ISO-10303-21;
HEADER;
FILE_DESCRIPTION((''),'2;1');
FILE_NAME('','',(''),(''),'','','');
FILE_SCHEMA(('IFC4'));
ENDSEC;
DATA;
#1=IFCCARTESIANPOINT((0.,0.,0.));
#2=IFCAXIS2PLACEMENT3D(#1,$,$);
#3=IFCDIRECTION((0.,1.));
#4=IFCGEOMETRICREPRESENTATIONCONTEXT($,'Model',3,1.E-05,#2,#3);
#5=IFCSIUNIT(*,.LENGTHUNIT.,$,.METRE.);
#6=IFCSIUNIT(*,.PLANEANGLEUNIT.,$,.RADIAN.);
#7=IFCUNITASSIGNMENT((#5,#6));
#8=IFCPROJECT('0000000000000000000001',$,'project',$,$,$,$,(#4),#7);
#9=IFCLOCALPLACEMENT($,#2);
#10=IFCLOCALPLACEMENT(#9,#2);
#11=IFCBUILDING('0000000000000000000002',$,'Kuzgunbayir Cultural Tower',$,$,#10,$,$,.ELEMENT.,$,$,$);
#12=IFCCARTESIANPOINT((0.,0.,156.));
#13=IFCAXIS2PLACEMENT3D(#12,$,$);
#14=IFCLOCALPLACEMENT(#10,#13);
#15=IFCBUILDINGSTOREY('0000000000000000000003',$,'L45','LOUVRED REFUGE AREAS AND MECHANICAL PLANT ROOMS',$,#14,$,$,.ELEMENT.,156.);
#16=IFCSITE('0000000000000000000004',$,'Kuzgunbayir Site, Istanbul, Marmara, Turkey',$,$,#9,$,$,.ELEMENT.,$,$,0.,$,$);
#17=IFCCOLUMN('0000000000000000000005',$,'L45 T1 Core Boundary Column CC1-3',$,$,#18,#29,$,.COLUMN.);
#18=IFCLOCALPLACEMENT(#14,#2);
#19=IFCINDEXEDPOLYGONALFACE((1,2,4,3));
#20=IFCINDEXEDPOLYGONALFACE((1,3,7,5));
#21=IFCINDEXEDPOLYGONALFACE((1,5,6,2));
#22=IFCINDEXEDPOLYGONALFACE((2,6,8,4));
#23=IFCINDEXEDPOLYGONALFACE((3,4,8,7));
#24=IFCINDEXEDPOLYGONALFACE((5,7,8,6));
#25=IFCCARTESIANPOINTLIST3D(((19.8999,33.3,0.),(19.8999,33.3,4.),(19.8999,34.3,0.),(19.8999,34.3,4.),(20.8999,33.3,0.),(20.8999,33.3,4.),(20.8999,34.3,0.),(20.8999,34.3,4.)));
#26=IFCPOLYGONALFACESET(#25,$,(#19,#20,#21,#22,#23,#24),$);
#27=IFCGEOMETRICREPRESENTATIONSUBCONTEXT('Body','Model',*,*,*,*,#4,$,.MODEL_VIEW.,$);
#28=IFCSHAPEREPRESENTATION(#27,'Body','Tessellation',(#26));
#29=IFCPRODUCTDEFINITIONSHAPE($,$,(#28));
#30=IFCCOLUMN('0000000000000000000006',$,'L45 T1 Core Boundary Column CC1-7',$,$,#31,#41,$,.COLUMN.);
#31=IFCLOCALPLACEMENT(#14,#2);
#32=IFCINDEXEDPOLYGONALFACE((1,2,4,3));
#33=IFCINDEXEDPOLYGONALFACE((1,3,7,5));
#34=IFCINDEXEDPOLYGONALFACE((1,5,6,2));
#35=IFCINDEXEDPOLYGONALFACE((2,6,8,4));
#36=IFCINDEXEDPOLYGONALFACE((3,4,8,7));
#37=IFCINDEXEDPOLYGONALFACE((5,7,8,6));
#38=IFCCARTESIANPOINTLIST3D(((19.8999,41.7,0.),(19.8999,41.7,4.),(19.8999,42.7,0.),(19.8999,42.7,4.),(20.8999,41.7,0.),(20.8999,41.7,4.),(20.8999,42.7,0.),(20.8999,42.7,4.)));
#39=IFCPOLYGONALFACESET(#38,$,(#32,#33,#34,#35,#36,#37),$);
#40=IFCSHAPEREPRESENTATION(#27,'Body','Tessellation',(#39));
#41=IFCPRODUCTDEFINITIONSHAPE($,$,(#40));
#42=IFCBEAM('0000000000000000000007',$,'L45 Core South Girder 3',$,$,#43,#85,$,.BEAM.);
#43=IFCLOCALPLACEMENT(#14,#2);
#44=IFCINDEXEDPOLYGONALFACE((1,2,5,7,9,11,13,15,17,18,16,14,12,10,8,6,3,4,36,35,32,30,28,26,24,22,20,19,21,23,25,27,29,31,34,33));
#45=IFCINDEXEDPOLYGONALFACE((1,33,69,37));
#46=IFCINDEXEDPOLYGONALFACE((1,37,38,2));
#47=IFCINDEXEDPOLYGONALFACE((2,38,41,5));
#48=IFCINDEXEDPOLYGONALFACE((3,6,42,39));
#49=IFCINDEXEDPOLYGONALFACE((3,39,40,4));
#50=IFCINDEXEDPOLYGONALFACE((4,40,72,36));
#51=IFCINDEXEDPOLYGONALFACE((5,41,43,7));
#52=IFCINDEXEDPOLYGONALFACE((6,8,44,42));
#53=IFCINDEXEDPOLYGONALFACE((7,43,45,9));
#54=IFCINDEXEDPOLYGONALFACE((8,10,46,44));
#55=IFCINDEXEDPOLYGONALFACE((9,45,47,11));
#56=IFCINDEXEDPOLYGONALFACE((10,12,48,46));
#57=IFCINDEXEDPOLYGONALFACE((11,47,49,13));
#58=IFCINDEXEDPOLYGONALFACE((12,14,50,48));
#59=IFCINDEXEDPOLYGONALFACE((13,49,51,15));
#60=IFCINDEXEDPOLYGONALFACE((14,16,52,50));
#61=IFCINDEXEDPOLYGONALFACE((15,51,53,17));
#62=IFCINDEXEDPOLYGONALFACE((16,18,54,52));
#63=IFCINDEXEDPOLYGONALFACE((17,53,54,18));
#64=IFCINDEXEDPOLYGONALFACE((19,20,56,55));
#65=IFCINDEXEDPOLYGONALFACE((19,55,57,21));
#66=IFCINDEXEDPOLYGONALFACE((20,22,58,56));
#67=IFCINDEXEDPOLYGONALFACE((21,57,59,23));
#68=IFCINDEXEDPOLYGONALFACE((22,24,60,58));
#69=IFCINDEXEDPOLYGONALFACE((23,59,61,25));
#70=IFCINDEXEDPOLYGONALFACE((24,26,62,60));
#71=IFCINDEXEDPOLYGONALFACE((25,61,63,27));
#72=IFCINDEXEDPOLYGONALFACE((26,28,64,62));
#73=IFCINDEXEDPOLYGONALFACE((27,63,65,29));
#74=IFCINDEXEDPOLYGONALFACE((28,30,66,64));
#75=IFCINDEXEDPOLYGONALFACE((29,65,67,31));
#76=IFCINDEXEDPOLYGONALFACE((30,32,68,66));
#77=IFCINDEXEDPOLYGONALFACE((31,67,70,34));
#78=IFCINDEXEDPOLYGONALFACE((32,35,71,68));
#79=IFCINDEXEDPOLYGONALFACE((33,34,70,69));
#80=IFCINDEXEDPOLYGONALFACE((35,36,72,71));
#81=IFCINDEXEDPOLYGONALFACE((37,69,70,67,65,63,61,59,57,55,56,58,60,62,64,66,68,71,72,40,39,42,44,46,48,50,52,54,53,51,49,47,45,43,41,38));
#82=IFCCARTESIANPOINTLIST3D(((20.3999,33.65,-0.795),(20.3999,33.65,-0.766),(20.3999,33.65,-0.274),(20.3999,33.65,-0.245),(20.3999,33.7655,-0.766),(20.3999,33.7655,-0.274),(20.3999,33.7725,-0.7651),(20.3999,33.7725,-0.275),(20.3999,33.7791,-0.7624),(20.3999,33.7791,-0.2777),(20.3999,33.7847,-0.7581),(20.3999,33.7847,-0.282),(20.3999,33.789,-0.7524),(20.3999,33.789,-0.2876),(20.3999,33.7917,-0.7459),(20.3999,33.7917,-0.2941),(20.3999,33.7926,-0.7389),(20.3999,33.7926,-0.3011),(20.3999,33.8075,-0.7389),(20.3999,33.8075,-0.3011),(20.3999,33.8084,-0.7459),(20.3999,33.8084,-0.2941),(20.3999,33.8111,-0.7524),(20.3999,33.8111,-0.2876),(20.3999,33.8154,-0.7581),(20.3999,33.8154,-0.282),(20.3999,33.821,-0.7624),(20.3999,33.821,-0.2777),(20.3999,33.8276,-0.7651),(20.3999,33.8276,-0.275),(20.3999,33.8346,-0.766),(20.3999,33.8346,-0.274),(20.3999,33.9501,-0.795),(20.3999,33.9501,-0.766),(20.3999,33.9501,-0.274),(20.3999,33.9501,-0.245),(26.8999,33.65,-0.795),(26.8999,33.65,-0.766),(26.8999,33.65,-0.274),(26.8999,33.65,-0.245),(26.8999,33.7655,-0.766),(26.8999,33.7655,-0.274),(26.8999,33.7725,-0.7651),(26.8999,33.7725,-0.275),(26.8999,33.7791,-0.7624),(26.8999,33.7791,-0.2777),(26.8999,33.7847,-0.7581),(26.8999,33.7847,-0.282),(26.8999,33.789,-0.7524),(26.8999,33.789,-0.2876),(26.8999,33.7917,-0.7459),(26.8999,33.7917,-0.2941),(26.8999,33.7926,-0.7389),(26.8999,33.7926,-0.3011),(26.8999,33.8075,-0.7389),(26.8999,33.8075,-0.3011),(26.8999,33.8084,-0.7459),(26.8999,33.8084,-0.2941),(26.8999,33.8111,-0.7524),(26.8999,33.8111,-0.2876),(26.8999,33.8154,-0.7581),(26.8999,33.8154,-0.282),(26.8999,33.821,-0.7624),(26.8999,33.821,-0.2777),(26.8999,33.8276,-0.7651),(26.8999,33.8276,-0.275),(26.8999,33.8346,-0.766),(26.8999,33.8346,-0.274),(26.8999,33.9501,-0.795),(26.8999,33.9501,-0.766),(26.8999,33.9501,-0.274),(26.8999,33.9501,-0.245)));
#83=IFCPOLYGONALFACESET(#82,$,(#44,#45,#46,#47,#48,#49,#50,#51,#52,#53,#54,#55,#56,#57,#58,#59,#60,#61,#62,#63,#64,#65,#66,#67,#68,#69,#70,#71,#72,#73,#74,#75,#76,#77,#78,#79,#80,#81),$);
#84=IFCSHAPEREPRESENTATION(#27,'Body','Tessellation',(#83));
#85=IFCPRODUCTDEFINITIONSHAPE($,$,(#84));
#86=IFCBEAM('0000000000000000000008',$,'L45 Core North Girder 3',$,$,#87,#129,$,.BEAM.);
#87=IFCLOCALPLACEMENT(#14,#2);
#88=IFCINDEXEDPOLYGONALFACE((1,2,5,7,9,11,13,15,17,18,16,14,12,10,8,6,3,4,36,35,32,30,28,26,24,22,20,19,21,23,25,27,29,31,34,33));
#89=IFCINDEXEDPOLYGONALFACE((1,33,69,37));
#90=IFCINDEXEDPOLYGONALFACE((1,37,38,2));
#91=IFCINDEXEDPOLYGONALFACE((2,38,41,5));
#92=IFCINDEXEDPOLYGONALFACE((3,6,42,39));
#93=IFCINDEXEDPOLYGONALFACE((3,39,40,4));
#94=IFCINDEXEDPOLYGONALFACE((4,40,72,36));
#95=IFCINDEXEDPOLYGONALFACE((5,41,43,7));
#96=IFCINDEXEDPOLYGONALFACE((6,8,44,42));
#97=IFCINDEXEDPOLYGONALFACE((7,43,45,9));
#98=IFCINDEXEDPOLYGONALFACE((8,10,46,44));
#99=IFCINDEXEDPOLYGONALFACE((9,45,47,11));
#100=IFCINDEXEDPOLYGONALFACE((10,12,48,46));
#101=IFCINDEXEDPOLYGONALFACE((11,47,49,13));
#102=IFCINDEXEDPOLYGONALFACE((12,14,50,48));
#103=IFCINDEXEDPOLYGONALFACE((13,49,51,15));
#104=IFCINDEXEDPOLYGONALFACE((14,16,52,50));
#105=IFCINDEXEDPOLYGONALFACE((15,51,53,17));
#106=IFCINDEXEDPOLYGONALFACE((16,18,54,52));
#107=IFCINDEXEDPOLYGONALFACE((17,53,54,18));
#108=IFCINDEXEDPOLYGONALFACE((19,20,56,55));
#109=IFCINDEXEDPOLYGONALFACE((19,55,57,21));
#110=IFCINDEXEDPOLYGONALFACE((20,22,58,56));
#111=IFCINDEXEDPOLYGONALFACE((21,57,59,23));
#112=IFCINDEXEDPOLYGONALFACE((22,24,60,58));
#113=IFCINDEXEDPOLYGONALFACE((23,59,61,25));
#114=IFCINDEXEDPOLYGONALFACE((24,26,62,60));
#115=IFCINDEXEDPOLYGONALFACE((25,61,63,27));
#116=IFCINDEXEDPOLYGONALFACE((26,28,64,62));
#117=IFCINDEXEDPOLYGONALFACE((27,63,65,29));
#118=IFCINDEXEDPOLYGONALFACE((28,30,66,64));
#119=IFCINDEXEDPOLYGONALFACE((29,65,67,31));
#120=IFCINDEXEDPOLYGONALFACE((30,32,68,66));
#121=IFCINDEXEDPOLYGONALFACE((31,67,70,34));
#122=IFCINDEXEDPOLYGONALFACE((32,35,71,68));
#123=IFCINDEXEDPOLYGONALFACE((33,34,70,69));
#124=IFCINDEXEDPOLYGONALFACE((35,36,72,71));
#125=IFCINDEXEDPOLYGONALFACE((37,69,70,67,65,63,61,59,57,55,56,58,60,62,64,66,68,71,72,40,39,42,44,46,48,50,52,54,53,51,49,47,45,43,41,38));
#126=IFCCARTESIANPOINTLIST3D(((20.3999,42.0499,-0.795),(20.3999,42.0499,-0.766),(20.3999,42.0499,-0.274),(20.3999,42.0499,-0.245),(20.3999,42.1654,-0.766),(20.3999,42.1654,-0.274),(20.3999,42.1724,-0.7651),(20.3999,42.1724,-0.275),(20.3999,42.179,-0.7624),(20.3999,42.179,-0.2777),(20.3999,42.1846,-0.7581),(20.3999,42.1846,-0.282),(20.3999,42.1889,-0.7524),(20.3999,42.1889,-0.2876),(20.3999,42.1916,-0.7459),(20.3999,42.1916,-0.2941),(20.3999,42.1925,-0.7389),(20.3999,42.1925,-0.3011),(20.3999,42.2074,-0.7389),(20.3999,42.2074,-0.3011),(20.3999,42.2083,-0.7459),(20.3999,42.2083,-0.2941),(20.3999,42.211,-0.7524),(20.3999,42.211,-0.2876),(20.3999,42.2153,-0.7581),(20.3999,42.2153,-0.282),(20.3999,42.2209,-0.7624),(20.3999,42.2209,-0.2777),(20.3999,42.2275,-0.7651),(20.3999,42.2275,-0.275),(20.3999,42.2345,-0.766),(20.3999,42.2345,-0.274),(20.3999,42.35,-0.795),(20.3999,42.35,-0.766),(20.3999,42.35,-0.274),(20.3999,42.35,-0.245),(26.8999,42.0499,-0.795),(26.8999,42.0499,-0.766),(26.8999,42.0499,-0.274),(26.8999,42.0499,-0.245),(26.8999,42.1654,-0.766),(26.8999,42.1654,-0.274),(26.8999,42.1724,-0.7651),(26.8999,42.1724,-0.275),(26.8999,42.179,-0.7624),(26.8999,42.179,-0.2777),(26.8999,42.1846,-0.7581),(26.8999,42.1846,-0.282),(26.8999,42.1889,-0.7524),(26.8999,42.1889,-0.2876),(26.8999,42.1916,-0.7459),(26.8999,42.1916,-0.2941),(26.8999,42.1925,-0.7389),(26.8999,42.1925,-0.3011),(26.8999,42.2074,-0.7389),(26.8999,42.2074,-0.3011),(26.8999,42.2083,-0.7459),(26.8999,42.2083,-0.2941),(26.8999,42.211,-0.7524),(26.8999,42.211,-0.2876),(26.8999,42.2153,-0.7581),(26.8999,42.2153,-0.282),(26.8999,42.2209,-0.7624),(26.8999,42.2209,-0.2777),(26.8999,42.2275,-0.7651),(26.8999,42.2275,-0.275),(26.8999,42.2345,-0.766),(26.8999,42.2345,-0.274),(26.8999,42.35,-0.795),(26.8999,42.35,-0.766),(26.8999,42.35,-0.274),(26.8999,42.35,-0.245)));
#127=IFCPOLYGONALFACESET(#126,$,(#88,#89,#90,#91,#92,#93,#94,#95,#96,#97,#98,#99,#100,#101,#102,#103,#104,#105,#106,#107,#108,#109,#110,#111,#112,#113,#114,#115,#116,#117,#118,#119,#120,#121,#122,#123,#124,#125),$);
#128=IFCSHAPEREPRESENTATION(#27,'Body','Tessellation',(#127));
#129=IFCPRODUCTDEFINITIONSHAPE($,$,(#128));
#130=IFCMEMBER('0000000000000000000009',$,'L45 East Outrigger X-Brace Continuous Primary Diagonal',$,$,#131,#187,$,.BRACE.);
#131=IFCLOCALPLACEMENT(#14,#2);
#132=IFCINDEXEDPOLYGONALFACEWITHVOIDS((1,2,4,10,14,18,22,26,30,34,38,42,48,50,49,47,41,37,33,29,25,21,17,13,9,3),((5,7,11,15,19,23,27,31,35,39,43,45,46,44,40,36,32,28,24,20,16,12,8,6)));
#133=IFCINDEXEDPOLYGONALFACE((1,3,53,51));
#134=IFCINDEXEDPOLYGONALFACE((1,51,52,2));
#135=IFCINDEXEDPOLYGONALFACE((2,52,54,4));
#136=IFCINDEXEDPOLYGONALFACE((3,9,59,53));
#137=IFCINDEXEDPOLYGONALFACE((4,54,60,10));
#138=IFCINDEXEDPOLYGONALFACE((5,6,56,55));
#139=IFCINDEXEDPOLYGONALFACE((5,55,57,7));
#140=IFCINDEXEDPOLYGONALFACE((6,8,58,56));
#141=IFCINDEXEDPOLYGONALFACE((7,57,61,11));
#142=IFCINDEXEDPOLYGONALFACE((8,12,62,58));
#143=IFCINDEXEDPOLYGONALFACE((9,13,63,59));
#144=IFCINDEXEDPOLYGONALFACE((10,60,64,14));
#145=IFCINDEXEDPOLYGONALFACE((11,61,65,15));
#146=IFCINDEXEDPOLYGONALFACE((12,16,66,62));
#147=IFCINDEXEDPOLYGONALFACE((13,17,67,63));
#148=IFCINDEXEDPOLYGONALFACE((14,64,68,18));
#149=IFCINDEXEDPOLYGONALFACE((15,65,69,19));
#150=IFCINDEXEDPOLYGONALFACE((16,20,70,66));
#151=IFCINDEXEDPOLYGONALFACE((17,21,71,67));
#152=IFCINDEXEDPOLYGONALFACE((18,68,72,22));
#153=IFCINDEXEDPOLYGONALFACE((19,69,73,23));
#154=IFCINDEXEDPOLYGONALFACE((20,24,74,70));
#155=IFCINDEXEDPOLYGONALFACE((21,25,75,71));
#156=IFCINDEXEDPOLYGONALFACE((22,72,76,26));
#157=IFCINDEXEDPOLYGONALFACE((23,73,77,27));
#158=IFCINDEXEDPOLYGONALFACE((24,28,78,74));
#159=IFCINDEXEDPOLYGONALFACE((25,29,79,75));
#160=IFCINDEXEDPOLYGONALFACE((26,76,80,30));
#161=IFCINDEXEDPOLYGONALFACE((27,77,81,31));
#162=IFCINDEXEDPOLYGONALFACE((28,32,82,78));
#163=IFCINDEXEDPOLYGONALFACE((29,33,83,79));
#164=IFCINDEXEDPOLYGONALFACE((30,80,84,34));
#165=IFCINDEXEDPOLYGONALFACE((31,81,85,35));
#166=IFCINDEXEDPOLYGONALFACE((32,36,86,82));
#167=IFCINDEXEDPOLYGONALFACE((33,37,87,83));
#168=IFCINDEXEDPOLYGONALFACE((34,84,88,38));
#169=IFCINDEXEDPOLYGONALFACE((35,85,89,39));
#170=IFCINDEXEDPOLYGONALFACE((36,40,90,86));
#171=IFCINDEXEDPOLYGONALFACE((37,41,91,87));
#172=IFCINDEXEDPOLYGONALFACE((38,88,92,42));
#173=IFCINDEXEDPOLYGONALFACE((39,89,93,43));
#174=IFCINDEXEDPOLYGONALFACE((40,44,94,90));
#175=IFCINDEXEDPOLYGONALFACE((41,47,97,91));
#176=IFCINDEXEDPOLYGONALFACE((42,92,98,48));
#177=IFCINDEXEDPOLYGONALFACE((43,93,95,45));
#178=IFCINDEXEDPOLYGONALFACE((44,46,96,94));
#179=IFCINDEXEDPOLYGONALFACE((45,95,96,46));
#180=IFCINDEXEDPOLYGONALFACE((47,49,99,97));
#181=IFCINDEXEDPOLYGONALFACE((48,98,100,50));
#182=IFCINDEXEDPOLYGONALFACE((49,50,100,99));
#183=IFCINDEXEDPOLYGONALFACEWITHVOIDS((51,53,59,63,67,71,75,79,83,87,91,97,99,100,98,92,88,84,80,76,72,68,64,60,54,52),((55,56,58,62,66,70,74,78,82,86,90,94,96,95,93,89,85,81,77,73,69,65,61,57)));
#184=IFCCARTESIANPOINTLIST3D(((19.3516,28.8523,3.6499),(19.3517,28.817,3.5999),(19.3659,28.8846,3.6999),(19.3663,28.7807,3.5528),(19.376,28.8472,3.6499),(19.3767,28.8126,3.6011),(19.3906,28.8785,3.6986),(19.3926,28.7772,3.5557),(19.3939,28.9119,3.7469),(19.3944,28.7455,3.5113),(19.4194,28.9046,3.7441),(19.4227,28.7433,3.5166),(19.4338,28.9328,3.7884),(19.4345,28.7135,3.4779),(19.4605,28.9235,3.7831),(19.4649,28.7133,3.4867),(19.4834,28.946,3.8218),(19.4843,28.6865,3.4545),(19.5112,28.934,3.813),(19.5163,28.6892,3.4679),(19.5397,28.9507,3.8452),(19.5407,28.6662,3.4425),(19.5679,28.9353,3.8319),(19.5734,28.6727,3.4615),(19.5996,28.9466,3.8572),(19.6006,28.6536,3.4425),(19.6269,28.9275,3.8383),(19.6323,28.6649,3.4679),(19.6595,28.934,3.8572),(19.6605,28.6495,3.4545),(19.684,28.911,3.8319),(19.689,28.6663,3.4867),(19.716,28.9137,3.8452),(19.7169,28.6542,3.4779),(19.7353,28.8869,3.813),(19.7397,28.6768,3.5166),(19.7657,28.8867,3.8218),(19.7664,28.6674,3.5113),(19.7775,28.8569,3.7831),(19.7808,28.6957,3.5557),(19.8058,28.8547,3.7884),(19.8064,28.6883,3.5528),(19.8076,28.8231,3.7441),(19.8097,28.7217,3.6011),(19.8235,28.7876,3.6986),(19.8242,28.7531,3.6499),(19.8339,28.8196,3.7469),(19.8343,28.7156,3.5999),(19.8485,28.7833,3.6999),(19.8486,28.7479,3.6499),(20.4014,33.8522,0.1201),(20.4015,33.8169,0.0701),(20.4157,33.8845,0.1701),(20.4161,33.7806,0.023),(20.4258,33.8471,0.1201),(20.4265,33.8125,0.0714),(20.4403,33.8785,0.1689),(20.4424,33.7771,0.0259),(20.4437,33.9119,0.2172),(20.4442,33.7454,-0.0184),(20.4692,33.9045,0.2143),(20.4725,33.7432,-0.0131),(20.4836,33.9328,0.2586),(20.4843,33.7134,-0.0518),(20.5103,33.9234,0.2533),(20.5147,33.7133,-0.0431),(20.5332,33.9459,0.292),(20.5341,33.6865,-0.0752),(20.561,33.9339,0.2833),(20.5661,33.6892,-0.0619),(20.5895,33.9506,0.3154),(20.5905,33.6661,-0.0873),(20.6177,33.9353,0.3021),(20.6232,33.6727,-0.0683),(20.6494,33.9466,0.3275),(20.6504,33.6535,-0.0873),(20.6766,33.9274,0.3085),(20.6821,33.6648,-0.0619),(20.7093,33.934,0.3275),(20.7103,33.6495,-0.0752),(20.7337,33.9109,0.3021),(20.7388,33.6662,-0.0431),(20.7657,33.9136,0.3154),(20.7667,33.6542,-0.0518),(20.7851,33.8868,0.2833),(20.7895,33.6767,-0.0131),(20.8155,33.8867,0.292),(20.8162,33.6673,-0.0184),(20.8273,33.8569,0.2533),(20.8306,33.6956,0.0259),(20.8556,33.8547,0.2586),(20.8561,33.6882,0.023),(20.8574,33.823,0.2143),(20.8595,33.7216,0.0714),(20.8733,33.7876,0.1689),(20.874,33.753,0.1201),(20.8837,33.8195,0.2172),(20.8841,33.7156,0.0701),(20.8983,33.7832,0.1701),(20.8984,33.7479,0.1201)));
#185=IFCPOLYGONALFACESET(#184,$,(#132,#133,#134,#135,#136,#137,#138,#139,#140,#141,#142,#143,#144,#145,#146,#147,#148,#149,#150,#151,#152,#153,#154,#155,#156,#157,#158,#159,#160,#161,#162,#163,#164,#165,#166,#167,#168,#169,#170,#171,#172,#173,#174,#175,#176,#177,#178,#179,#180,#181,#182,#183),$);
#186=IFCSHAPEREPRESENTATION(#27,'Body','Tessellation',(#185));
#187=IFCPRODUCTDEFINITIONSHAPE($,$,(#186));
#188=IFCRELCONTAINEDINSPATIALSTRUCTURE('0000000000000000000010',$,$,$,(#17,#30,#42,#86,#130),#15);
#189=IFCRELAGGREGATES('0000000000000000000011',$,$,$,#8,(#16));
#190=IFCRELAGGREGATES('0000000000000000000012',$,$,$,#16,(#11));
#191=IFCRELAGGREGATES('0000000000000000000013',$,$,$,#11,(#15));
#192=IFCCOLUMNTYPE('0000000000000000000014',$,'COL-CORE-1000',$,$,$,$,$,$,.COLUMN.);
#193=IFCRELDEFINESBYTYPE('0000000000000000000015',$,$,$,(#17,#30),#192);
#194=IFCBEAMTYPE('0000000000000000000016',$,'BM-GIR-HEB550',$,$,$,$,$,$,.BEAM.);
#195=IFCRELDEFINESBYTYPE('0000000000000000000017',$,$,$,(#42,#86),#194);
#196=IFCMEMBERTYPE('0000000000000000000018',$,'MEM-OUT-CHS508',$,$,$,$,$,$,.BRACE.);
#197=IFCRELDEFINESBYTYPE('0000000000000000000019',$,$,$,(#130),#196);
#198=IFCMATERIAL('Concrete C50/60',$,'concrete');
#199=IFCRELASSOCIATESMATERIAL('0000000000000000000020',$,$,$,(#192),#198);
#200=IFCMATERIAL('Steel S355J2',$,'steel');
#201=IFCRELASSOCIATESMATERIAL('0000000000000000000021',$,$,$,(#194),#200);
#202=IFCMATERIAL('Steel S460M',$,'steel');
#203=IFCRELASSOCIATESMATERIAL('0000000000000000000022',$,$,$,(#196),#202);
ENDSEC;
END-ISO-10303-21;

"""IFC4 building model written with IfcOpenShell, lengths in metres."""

from ifc_helpers import new_model, si_unit, direction, frame, origin, origin_2d, place, context, subcontext, project, spatial, rectangle, hollow_circle, i_section, extrude, material, material_profile, profile_set, type_object, element, save


model = new_model("IFC4")

# Units and contexts
model_context = context("Model", 3, precision=1e-05, world=origin(), true_north=direction((0.0, 1.0)))
body_context = subcontext(model_context, "Body", "Model", "MODEL_VIEW")
ifc_project = project(units=[si_unit("LENGTHUNIT", "METRE"), si_unit("PLANEANGLEUNIT", "RADIAN")], contexts=[model_context])

# Site, building, storey
site_placement = place(None, origin())
site = spatial("IfcSite", under=ifc_project, at=site_placement, Name="Kuzgunbayir Site, Istanbul, Marmara, Turkey", CompositionType="ELEMENT", RefElevation=0.0)
building_placement = place(site_placement, origin())
building = spatial("IfcBuilding", under=site, at=building_placement, Name="Kuzgunbayir Cultural Tower", CompositionType="ELEMENT")
storey_placement = place(building_placement, frame((0.0, 0.0, 156.0)))
storey = spatial("IfcBuildingStorey", under=building, at=storey_placement, Name="L45", Description="LOUVRED REFUGE AREAS AND MECHANICAL PLANT ROOMS", CompositionType="ELEMENT", Elevation=156.0)

# Columns
ifc_material_1 = material(Name="Concrete C50/60", Category="concrete")
ifc_material_profile_1 = material_profile(ifc_material_1, rectangle(XDim=1.0, YDim=1.0, at=origin_2d()), Name="RC 1000x1000")
ifc_profile_set_1 = profile_set([ifc_material_profile_1], Name="Concrete C50/60")
column_type = type_object("IfcColumnType", Name="COL-CORE-1000", PredefinedType="COLUMN", material=ifc_profile_set_1)
for number, where, z_axis, x_axis, name in (
    (1, (20.3999, 33.8, 0.0), (0.0, 0.0, 1.0), (1.0, 0.0, 0.0), "L45 T1 Core Boundary Column CC1-3"),
    (2, (20.3999, 42.2, 0.0), (0.0, 0.0, 1.0), (1.0, 0.0, 0.0), "L45 T1 Core Boundary Column CC1-7"),
):
    element("IfcColumn", number, at=place(storey_placement, frame(where, z_axis=z_axis, x_axis=x_axis)), inside=storey, type_object=column_type, Name=name, PredefinedType="COLUMN", context=body_context, shape_type="SweptSolid", body=[
        extrude(rectangle(XDim=1.0, YDim=1.0, at=origin_2d()), origin(), (0.0, 0.0, 1.0), 4.0),
    ])

# Beams
ifc_material_2 = material(Name="Steel S355J2", Category="steel")
ifc_material_profile_2 = material_profile(ifc_material_2, i_section(OverallWidth=0.3, OverallDepth=0.55, WebThickness=0.0149, FlangeThickness=0.0291, FilletRadius=0.0271, at=origin_2d()), Name="HEB 550")
ifc_profile_set_2 = profile_set([ifc_material_profile_2], Name="Steel S355J2")
beam_type = type_object("IfcBeamType", Name="BM-GIR-HEB550", PredefinedType="BEAM", material=ifc_profile_set_2)
for number, where, z_axis, x_axis, name in (
    (3, (20.3999, 33.8, -0.52), (1.0, 0.0, 0.0), (0.0, 1.0, 0.0), "L45 Core South Girder 3"),
    (4, (20.3999, 42.2, -0.52), (1.0, 0.0, 0.0), (0.0, 1.0, 0.0), "L45 Core North Girder 3"),
):
    element("IfcBeam", number, at=place(storey_placement, frame(where, z_axis=z_axis, x_axis=x_axis)), inside=storey, type_object=beam_type, Name=name, PredefinedType="BEAM", context=body_context, shape_type="SweptSolid", body=[
        extrude(i_section(OverallWidth=0.3, OverallDepth=0.55, WebThickness=0.0149, FlangeThickness=0.0291, FilletRadius=0.0271, at=origin_2d()), origin(), (0.0, 0.0, 1.0), 6.5),
    ])

# Member
ifc_material_3 = material(Name="Steel S460M", Category="steel")
ifc_material_profile_3 = material_profile(ifc_material_3, hollow_circle(Radius=0.2539, WallThickness=0.0249, at=origin_2d()), Name="CHS 508x25")
ifc_profile_set_3 = profile_set([ifc_material_profile_3], Name="Steel S460M")
member_type = type_object("IfcMemberType", Name="MEM-OUT-CHS508", PredefinedType="BRACE", material=ifc_profile_set_3)
member_1_placement = place(storey_placement, frame((20.6499, 33.8, 0.1201), z_axis=(-0.169056, -0.80518, 0.568423), x_axis=(0.978661, -0.205481, 0.0)))
element("IfcMember", 5, at=member_1_placement, inside=storey, type_object=member_type, Name="L45 East Outrigger X-Brace Continuous Primary Diagonal", PredefinedType="BRACE", context=body_context, shape_type="SweptSolid", body=[
    extrude(hollow_circle(Radius=0.2539, WallThickness=0.0249, at=origin_2d()), origin(), (0.0, 0.0, 1.0), 6.2097),
])

save(model, "model.ifc")
